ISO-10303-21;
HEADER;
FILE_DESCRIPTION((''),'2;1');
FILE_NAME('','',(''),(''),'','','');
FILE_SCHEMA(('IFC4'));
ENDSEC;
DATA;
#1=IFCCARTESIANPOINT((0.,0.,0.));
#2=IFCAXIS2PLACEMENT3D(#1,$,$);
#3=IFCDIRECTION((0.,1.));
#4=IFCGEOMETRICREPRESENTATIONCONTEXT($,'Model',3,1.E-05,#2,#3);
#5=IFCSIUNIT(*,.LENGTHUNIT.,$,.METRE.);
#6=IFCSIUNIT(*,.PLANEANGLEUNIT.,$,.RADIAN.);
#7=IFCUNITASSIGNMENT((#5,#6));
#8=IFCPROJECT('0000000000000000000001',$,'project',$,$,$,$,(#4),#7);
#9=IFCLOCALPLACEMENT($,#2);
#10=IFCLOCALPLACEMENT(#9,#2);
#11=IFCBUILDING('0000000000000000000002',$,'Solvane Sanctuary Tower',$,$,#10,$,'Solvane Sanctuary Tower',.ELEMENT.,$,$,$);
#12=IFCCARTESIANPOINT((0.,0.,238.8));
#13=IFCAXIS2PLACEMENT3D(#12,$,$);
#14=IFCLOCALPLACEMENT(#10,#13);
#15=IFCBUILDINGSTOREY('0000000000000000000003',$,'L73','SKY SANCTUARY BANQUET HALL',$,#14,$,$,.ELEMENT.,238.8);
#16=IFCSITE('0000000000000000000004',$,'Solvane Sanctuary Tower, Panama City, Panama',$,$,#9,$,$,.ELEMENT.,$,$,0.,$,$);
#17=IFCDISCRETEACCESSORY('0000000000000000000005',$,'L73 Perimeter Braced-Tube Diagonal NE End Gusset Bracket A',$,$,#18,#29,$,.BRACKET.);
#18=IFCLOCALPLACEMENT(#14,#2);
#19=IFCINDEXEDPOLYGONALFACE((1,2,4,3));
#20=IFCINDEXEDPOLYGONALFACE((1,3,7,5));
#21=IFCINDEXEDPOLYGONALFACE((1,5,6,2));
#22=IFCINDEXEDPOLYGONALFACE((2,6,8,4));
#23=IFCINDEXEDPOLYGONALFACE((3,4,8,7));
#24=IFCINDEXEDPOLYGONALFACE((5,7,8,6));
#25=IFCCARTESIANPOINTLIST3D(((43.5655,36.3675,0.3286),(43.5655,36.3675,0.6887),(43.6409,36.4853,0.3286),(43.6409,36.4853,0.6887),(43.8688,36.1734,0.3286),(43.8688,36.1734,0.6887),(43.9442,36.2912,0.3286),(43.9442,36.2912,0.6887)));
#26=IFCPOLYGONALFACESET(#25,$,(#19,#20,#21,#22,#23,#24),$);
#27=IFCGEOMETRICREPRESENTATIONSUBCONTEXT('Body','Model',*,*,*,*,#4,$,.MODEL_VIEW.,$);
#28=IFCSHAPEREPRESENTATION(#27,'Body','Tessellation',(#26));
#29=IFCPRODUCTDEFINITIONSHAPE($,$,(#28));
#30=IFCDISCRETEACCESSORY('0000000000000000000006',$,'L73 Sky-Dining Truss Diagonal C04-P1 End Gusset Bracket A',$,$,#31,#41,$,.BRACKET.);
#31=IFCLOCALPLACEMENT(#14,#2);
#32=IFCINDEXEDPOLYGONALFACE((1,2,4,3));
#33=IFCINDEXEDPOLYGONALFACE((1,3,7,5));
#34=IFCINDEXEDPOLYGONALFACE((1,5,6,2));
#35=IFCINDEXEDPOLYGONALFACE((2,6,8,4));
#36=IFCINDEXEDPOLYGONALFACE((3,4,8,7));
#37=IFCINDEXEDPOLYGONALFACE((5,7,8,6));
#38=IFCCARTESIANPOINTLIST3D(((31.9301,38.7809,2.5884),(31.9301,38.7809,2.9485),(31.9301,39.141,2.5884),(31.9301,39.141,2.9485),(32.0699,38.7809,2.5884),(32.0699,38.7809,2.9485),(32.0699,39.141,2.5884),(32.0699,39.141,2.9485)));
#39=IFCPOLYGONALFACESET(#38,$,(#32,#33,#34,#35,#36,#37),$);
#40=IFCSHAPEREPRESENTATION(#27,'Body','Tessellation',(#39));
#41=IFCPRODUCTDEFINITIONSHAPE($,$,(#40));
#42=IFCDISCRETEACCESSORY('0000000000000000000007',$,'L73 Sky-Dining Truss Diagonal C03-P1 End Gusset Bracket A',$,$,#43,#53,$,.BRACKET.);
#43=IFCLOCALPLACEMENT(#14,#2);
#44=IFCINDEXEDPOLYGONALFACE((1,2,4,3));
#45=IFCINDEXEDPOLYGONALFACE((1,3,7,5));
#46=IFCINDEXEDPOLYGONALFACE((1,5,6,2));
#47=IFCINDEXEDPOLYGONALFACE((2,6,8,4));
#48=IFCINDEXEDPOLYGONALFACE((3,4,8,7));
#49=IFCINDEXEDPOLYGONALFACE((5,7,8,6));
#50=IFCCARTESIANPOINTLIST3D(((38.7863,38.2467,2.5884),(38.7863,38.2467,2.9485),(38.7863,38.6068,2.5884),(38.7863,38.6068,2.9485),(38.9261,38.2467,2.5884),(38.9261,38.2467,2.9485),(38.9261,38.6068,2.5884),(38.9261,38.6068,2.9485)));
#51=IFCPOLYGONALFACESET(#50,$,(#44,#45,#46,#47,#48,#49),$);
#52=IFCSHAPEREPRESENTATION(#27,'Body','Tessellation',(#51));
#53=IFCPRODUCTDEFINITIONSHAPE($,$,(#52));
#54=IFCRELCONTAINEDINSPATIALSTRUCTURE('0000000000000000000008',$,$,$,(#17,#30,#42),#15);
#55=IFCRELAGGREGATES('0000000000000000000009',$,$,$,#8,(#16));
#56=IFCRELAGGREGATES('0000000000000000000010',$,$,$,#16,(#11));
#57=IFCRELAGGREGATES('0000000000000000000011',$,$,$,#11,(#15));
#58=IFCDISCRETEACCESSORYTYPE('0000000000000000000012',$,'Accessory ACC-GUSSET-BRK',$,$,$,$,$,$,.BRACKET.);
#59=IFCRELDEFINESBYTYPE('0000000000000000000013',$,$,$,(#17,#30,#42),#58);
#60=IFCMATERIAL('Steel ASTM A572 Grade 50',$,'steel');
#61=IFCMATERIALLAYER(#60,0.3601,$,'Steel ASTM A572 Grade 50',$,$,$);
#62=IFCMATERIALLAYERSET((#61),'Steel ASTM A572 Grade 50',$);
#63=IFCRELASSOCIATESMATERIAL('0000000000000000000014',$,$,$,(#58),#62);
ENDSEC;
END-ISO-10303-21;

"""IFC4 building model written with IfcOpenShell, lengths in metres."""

from ifc_helpers import new_model, si_unit, direction, frame, origin, origin_2d, place, context, subcontext, project, spatial, rectangle, extrude, material, layer, layer_set, type_object, element, save


model = new_model("IFC4")

# Units and contexts
model_context = context("Model", 3, precision=1e-05, world=origin(), true_north=direction((0.0, 1.0)))
body_context = subcontext(model_context, "Body", "Model", "MODEL_VIEW")
ifc_project = project(units=[si_unit("LENGTHUNIT", "METRE"), si_unit("PLANEANGLEUNIT", "RADIAN")], contexts=[model_context])

# Site, building, storey
site_placement = place(None, origin())
site = spatial("IfcSite", under=ifc_project, at=site_placement, Name="Solvane Sanctuary Tower, Panama City, Panama", CompositionType="ELEMENT", RefElevation=0.0)
building_placement = place(site_placement, origin())
building = spatial("IfcBuilding", under=site, at=building_placement, Name="Solvane Sanctuary Tower", LongName="Solvane Sanctuary Tower", CompositionType="ELEMENT")
storey_placement = place(building_placement, frame((0.0, 0.0, 238.8)))
storey = spatial("IfcBuildingStorey", under=building, at=storey_placement, Name="L73", Description="SKY SANCTUARY BANQUET HALL", CompositionType="ELEMENT", Elevation=238.8)

# Discrete accessories
ifc_material_1 = material(Name="Steel ASTM A572 Grade 50", Category="steel")
ifc_layer_1 = layer(ifc_material_1, 0.3601, Name="Steel ASTM A572 Grade 50")
ifc_layer_set_1 = layer_set([ifc_layer_1], Name="Steel ASTM A572 Grade 50")
discrete_accessory_type = type_object("IfcDiscreteAccessoryType", Name="Accessory ACC-GUSSET-BRK", PredefinedType="BRACKET", material=ifc_layer_set_1)
for number, where, z_axis, x_axis, name in (
    (1, (43.7549, 36.3293, 0.3286), (0.0, 0.0, 1.0), (0.842264, -0.539065, 0.0), "L73 Perimeter Braced-Tube Diagonal NE End Gusset Bracket A"),
    (2, (32.0, 38.9609, 2.5884), (0.0, 0.0, 1.0), (0.0, 1.0, 0.0), "L73 Sky-Dining Truss Diagonal C04-P1 End Gusset Bracket A"),
    (3, (38.8562, 38.4268, 2.5884), (0.0, 0.0, 1.0), (0.0, 1.0, 0.0), "L73 Sky-Dining Truss Diagonal C03-P1 End Gusset Bracket A"),
):
    element("IfcDiscreteAccessory", number, at=place(storey_placement, frame(where, z_axis=z_axis, x_axis=x_axis)), inside=storey, type_object=discrete_accessory_type, Name=name, PredefinedType="BRACKET", context=body_context, shape_type="SweptSolid", body=[
        extrude(rectangle(XDim=0.3601, YDim=0.1399, at=origin_2d()), origin(), (0.0, 0.0, 1.0), 0.3601),
    ])

save(model, "model.ifc")
